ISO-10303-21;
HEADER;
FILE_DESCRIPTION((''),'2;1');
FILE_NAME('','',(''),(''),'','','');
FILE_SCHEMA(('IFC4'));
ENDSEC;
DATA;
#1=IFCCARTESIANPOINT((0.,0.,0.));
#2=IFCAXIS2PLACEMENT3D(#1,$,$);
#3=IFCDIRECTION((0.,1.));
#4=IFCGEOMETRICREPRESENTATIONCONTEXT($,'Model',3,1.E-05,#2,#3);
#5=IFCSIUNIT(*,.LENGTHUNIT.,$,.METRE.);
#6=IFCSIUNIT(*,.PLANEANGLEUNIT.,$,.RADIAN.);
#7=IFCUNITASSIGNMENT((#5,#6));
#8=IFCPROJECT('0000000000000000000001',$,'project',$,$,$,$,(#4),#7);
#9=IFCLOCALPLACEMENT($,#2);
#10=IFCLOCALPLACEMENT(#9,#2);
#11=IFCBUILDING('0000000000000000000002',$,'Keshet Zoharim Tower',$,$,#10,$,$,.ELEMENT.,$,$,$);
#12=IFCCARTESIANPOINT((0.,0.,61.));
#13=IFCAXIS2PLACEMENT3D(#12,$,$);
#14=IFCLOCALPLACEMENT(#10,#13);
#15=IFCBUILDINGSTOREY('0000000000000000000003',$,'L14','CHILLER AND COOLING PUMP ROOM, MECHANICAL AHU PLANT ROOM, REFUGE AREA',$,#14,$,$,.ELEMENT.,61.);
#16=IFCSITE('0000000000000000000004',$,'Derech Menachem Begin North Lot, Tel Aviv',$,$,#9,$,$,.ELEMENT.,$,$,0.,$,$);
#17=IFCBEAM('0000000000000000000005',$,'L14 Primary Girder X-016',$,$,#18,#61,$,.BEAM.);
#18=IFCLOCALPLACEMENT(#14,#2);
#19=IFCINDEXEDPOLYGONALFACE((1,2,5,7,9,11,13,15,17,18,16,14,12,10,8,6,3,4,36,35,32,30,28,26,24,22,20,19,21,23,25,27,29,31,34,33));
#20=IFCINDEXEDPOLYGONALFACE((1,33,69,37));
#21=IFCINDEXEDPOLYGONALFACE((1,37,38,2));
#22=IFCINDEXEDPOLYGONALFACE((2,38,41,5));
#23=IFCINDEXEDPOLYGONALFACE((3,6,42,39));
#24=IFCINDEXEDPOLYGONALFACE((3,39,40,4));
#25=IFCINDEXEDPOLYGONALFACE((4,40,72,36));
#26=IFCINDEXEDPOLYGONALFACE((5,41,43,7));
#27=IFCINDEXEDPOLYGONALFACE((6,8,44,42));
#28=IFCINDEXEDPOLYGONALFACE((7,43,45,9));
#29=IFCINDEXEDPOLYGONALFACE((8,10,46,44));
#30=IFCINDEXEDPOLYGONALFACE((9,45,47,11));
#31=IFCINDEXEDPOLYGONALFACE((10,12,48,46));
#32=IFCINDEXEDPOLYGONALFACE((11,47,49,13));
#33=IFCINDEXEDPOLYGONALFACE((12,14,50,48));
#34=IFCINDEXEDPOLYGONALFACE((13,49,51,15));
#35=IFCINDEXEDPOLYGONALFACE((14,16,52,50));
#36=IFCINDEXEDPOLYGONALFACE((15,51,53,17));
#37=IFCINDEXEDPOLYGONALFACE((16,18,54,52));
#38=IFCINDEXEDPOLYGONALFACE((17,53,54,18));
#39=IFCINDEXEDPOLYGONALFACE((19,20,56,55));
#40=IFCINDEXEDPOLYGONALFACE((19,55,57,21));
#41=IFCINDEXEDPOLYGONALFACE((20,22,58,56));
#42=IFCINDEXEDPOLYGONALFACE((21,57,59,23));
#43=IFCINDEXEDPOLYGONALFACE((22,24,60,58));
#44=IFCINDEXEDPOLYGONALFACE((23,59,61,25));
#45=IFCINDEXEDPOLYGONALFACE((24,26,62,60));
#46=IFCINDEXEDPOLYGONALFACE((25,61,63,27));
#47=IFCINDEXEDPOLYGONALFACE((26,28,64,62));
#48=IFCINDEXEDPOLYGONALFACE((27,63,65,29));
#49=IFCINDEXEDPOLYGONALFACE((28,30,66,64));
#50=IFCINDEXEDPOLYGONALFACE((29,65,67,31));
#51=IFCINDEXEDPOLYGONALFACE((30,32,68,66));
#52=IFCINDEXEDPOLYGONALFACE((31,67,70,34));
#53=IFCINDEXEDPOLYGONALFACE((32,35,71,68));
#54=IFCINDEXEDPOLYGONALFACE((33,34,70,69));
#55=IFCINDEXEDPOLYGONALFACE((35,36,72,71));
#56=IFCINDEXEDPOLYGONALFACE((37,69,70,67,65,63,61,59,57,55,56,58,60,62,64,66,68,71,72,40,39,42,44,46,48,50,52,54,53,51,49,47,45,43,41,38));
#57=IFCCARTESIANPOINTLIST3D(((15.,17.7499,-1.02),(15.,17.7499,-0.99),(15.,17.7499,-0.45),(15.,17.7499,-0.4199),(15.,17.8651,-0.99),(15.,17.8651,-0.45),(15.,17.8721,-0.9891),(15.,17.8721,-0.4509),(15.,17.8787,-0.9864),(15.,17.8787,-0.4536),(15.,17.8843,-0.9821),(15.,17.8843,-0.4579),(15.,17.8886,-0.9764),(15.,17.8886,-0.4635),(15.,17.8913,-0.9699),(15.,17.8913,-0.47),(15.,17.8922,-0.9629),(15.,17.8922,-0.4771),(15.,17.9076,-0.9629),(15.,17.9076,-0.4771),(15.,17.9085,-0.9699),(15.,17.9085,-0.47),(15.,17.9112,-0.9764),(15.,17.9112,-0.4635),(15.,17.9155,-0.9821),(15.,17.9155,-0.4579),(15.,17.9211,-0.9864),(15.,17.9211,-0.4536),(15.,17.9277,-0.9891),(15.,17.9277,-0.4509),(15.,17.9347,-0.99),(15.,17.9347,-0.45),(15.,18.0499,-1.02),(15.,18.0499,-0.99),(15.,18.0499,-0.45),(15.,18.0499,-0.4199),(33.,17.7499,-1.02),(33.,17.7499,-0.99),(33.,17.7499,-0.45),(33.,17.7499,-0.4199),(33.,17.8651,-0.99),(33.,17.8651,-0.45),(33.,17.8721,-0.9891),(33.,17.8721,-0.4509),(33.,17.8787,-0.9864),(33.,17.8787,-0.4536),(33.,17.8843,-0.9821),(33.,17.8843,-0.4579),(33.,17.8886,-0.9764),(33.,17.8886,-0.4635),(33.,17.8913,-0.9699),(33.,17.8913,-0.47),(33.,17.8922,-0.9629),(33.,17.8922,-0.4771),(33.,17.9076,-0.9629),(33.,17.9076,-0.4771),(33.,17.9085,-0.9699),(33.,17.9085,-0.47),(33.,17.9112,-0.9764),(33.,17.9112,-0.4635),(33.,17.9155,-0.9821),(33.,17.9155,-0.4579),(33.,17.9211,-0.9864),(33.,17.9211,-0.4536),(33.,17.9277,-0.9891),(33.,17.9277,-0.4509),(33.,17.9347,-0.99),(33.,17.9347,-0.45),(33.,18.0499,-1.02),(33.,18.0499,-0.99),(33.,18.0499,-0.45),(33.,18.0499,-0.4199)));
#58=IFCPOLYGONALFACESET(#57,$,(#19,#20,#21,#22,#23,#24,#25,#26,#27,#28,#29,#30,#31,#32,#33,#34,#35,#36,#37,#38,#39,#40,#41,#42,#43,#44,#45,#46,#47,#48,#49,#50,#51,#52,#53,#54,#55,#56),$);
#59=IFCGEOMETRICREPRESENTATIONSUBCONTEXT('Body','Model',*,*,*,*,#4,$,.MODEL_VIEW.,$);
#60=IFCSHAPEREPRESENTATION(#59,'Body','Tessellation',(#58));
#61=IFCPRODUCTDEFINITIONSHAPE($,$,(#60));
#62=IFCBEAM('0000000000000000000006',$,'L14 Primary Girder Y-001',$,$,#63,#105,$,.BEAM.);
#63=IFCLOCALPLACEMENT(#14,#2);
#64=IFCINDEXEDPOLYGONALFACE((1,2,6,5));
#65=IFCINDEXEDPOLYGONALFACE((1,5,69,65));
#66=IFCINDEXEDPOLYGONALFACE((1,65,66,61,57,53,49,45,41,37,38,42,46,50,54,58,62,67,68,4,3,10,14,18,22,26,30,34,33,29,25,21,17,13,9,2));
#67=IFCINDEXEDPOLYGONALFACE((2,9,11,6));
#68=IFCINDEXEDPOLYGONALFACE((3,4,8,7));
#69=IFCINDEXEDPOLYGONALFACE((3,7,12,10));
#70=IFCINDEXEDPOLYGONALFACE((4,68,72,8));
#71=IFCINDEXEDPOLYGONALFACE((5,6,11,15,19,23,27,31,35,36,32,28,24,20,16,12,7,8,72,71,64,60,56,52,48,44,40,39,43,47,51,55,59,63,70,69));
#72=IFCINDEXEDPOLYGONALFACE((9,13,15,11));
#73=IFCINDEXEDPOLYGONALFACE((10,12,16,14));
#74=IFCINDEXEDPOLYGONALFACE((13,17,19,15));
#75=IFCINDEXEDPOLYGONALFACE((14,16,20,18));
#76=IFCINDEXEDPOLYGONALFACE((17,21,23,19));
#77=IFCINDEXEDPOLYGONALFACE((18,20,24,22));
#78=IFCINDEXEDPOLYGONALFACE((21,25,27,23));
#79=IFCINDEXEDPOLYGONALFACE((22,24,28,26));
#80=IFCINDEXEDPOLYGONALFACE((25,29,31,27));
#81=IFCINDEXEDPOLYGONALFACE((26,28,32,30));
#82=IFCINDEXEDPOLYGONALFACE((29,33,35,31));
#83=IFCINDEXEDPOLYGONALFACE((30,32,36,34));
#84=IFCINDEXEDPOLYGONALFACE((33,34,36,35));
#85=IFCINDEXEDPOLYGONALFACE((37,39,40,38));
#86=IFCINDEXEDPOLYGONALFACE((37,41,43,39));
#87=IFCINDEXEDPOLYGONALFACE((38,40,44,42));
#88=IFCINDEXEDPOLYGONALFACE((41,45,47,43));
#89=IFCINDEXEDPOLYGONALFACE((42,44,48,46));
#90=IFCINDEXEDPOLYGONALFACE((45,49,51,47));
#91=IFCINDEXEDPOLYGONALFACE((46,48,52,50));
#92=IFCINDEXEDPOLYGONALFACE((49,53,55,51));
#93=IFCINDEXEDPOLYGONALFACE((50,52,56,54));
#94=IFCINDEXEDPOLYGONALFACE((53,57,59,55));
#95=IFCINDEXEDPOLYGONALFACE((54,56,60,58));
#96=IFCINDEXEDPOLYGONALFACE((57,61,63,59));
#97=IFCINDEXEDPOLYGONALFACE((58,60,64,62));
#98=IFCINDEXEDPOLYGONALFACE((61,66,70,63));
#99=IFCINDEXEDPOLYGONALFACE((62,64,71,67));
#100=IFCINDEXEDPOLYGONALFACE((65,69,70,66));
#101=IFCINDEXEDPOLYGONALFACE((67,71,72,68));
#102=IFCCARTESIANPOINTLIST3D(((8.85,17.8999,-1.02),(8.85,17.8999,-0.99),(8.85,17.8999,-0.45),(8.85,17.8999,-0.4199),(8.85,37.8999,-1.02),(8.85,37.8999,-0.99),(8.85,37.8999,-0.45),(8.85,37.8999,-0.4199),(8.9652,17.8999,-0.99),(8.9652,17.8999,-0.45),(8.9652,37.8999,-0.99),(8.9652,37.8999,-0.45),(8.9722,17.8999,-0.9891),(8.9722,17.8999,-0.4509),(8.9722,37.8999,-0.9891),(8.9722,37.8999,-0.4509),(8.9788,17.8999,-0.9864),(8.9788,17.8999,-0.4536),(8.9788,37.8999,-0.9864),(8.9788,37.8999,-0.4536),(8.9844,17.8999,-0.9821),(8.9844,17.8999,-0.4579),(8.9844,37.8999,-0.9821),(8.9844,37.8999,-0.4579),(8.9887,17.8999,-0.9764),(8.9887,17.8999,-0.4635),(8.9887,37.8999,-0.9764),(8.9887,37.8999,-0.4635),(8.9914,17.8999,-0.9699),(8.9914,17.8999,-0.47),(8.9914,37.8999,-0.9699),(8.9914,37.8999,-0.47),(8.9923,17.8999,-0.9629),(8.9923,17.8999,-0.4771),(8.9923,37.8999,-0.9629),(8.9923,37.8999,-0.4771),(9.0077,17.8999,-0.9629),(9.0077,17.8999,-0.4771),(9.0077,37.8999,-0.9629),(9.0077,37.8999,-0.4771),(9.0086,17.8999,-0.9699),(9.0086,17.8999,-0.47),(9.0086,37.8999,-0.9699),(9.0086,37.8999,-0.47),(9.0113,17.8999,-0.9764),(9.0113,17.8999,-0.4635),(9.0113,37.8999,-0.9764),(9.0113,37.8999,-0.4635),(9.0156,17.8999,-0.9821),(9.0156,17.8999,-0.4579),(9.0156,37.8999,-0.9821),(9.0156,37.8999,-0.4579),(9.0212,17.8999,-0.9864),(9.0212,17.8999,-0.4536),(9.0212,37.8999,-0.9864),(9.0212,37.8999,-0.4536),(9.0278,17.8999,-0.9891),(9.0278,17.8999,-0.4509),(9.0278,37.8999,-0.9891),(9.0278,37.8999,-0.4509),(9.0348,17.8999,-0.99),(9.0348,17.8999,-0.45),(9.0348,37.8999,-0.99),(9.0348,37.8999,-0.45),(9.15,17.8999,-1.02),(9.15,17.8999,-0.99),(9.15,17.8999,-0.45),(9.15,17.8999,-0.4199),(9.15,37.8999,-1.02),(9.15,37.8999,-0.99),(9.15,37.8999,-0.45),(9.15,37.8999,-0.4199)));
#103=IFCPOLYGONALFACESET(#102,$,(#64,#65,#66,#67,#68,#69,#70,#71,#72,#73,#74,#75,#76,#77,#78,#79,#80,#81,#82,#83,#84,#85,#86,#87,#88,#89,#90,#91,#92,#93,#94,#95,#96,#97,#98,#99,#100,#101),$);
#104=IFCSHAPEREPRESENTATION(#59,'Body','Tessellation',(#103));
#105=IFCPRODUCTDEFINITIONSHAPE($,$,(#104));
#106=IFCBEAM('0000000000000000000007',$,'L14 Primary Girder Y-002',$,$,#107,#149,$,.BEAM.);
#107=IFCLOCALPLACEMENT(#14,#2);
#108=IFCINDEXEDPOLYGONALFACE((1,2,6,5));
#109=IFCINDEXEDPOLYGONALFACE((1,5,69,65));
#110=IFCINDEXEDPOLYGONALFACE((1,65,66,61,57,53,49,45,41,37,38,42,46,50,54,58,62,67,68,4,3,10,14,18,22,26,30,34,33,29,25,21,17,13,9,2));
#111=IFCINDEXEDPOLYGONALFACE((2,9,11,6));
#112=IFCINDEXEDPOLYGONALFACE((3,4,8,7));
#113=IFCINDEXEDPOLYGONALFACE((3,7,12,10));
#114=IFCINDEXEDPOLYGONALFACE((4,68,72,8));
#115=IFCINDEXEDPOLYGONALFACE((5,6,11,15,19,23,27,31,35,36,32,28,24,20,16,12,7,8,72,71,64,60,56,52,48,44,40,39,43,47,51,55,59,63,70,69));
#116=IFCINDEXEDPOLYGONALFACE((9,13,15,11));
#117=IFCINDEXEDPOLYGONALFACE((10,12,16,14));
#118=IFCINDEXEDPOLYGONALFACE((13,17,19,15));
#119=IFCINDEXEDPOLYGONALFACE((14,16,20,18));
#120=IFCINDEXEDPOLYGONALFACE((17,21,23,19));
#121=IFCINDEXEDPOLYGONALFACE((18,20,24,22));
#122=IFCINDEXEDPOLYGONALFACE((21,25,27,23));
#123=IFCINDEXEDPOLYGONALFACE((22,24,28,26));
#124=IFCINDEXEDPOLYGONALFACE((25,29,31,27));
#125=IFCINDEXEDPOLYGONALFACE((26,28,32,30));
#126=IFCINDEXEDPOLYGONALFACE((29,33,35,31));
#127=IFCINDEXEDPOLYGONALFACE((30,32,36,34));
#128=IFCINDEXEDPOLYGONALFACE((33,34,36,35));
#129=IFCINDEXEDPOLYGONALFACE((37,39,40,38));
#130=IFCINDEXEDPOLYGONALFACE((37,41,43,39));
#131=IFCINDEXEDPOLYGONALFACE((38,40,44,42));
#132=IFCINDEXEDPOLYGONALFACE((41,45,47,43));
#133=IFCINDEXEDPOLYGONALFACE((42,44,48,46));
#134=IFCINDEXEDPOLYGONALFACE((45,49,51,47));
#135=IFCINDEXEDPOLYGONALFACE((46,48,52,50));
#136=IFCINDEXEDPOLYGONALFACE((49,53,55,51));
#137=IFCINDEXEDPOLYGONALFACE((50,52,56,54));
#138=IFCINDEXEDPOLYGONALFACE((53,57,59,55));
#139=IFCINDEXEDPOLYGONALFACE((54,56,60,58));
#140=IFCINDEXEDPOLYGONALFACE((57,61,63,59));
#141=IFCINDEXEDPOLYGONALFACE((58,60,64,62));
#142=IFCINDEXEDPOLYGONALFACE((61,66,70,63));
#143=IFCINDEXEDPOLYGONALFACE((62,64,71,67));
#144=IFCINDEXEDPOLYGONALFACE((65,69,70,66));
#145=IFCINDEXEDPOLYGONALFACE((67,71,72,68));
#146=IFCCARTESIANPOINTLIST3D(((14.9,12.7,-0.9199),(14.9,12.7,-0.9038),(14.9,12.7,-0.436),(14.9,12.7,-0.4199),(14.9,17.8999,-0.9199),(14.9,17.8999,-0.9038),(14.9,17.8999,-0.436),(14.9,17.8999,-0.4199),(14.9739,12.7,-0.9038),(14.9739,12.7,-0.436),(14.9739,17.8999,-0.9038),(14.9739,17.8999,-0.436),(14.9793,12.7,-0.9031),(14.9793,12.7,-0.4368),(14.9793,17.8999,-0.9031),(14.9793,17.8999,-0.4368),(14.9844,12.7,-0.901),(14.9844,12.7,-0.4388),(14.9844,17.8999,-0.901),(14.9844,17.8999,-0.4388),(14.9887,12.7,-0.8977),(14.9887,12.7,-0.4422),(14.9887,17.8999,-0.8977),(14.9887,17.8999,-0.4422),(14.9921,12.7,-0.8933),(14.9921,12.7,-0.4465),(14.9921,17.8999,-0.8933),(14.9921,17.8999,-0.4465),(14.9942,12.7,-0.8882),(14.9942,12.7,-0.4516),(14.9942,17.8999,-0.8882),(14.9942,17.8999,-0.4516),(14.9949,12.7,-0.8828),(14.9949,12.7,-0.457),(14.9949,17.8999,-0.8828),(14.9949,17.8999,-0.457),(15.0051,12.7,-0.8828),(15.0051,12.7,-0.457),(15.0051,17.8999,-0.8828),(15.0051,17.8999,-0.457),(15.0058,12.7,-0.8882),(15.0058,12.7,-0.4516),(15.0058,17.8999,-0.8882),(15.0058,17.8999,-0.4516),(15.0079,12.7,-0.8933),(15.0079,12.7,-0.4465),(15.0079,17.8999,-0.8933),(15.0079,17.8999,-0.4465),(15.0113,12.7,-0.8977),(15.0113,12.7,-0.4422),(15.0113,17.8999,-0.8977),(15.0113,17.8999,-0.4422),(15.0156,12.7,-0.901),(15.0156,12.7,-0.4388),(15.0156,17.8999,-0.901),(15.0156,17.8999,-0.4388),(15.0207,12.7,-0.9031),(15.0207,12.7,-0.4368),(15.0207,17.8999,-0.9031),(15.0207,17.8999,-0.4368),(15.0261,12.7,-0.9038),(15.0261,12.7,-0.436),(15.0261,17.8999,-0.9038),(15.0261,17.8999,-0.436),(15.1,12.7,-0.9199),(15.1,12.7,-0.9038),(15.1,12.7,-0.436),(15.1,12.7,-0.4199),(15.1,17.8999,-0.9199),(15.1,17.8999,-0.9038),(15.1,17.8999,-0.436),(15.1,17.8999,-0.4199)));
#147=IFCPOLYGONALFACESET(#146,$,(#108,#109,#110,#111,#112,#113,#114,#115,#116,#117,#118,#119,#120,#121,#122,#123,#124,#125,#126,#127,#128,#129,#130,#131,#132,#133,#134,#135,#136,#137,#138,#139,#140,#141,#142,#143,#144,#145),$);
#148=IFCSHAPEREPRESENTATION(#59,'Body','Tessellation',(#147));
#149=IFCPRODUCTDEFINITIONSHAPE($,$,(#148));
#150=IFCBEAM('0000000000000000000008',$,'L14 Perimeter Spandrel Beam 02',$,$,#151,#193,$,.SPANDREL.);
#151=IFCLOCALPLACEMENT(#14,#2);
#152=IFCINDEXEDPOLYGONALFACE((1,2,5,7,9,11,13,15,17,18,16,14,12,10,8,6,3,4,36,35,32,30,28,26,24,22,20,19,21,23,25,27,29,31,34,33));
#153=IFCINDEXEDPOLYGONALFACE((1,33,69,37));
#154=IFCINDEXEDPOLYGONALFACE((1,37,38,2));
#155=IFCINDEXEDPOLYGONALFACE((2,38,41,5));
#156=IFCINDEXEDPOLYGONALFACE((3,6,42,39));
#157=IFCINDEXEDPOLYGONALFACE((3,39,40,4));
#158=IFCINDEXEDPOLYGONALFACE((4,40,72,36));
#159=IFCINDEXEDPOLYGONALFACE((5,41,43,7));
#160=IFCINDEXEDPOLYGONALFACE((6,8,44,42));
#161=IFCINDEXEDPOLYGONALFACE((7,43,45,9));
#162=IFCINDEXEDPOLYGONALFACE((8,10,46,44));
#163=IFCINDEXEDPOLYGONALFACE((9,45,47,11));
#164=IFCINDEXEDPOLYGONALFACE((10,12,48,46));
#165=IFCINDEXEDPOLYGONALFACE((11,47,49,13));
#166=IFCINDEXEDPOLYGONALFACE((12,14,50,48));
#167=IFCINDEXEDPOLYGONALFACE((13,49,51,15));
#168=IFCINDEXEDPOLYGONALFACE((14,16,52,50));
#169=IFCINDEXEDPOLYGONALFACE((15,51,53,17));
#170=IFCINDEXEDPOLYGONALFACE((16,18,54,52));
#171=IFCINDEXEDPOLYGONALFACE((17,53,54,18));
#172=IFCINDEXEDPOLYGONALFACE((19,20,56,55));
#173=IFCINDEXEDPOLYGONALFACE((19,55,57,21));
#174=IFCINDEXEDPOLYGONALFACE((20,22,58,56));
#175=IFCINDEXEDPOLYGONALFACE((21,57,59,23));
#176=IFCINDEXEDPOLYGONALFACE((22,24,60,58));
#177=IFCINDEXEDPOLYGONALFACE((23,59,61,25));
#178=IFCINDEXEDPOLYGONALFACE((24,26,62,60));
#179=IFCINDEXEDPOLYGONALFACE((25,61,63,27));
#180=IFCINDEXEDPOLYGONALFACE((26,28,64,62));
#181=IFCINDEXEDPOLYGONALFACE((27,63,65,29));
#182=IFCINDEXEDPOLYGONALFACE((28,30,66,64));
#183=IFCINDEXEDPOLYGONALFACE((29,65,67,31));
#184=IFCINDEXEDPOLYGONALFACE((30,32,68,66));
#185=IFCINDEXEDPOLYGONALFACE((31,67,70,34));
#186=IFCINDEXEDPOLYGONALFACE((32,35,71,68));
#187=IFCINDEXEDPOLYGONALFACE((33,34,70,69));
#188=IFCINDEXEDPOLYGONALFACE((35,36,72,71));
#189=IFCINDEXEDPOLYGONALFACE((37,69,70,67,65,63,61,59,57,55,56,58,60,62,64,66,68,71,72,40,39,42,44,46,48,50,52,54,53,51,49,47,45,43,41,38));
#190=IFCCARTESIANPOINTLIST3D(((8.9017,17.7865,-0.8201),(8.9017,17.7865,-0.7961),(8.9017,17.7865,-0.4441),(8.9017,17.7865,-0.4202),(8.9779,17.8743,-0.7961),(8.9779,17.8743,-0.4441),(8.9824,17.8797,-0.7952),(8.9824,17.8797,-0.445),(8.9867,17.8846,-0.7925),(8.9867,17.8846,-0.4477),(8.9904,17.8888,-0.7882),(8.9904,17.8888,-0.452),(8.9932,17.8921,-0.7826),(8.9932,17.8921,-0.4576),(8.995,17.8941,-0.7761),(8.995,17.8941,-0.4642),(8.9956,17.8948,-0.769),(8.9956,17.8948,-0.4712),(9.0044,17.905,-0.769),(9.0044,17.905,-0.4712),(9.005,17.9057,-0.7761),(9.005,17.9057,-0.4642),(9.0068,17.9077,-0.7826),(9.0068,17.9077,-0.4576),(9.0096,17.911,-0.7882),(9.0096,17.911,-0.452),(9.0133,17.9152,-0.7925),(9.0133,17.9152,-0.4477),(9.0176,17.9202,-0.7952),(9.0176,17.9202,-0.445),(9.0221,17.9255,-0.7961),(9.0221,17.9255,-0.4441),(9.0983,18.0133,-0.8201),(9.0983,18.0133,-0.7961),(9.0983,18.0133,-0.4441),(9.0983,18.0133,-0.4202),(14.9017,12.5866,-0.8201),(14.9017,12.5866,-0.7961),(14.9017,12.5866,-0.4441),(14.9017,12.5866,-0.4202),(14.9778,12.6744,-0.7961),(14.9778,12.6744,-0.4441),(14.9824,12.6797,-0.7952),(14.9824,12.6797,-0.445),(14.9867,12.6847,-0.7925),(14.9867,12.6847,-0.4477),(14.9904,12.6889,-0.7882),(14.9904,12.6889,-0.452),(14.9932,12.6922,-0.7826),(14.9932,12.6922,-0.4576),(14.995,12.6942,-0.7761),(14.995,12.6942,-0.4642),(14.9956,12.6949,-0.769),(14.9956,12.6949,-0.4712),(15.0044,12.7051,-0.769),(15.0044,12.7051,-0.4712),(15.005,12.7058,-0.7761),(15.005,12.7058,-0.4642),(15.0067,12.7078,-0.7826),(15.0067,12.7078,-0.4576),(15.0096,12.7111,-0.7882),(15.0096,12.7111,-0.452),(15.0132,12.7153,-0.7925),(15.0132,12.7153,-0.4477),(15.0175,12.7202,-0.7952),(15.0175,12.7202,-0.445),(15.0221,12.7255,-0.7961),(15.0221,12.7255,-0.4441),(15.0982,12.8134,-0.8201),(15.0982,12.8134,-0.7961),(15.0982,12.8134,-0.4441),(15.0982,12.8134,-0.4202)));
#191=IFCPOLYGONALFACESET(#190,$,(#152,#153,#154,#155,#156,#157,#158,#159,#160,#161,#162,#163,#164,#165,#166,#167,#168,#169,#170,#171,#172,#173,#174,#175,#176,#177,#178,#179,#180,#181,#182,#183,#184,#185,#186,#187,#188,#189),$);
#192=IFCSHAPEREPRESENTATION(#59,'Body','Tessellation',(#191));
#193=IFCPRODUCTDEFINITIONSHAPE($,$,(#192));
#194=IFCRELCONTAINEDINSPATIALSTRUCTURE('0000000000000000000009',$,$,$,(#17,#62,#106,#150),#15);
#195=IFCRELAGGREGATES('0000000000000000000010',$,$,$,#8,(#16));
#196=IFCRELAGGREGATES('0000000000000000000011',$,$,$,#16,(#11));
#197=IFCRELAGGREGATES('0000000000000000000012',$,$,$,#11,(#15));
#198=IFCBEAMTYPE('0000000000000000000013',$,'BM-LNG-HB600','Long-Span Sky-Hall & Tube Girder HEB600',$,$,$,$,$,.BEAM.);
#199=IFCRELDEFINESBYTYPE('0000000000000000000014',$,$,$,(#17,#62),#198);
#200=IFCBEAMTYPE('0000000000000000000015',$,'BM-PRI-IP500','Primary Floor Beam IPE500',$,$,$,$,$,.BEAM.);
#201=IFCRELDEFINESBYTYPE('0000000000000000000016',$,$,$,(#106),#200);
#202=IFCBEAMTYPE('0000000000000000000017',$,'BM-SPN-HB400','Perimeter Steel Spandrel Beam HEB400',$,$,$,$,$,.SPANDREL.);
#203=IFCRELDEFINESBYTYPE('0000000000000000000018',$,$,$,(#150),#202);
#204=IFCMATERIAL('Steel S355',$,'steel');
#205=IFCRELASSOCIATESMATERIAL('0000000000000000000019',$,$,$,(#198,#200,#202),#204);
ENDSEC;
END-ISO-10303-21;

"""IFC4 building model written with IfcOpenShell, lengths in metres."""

from ifc_helpers import new_model, si_unit, direction, frame, origin, origin_2d, place, context, subcontext, project, spatial, i_section, extrude, material, material_profile, profile_set, type_object, element, save


model = new_model("IFC4")

# Units and contexts
model_context = context("Model", 3, precision=1e-05, world=origin(), true_north=direction((0.0, 1.0)))
body_context = subcontext(model_context, "Body", "Model", "MODEL_VIEW")
ifc_project = project(units=[si_unit("LENGTHUNIT", "METRE"), si_unit("PLANEANGLEUNIT", "RADIAN")], contexts=[model_context])

# Site, building, storey
site_placement = place(None, origin())
site = spatial("IfcSite", under=ifc_project, at=site_placement, Name="Derech Menachem Begin North Lot, Tel Aviv", CompositionType="ELEMENT", RefElevation=0.0)
building_placement = place(site_placement, origin())
building = spatial("IfcBuilding", under=site, at=building_placement, Name="Keshet Zoharim Tower", CompositionType="ELEMENT")
storey_placement = place(building_placement, frame((0.0, 0.0, 61.0)))
storey = spatial("IfcBuildingStorey", under=building, at=storey_placement, Name="L14", Description="CHILLER AND COOLING PUMP ROOM, MECHANICAL AHU PLANT ROOM, REFUGE AREA", CompositionType="ELEMENT", Elevation=61.0)

# Shared definitions
ifc_material_1 = material(Name="Steel S355", Category="steel")

# Beams
ifc_material_profile_1 = material_profile(ifc_material_1, i_section(OverallWidth=0.3, OverallDepth=0.6001, WebThickness=0.0154, FlangeThickness=0.03, FilletRadius=0.0271, at=origin_2d()), Name="HEB600")
ifc_profile_set_1 = profile_set([ifc_material_profile_1], Name="Steel S355")
beam_type_1 = type_object("IfcBeamType", Name="BM-LNG-HB600", Description="Long-Span Sky-Hall & Tube Girder HEB600", PredefinedType="BEAM", material=ifc_profile_set_1)
for number, where, z_axis, x_axis, name in (
    (1, (15.0, 17.8999, -0.72), (1.0, 0.0, 0.0), (0.0, 1.0, 0.0), "L14 Primary Girder X-016"),
):
    element("IfcBeam", number, at=place(storey_placement, frame(where, z_axis=z_axis, x_axis=x_axis)), inside=storey, type_object=beam_type_1, Name=name, PredefinedType="BEAM", context=body_context, shape_type="SweptSolid", body=[
        extrude(i_section(OverallWidth=0.3, OverallDepth=0.6001, WebThickness=0.0154, FlangeThickness=0.03, FilletRadius=0.0271, at=origin_2d()), origin(), (0.0, 0.0, 1.0), 18.0),
    ])
beam_1_placement = place(storey_placement, frame((9.0, 17.8999, -0.72), z_axis=(0.0, 1.0, 0.0), x_axis=(-1.0, 0.0, 0.0)))
element("IfcBeam", 2, at=beam_1_placement, inside=storey, type_object=beam_type_1, Name="L14 Primary Girder Y-001", PredefinedType="BEAM", context=body_context, shape_type="SweptSolid", body=[
    extrude(i_section(OverallWidth=0.3, OverallDepth=0.6001, WebThickness=0.0154, FlangeThickness=0.03, FilletRadius=0.0271, at=origin_2d()), origin(), (0.0, 0.0, 1.0), 20.0),
])
ifc_material_profile_2 = material_profile(ifc_material_1, i_section(OverallWidth=0.2, OverallDepth=0.5, WebThickness=0.0103, FlangeThickness=0.0161, FilletRadius=0.021, at=origin_2d()), Name="IPE500")
ifc_profile_set_2 = profile_set([ifc_material_profile_2], Name="Steel S355")
beam_type_2 = type_object("IfcBeamType", Name="BM-PRI-IP500", Description="Primary Floor Beam IPE500", PredefinedType="BEAM", material=ifc_profile_set_2)
beam_2_placement = place(storey_placement, frame((15.0, 12.7, -0.6699), z_axis=(0.0, 1.0, 0.0), x_axis=(-1.0, 0.0, 0.0)))
element("IfcBeam", 3, at=beam_2_placement, inside=storey, type_object=beam_type_2, Name="L14 Primary Girder Y-002", PredefinedType="BEAM", context=body_context, shape_type="SweptSolid", body=[
    extrude(i_section(OverallWidth=0.2, OverallDepth=0.5, WebThickness=0.0103, FlangeThickness=0.0161, FilletRadius=0.021, at=origin_2d()), origin(), (0.0, 0.0, 1.0), 5.2),
])
ifc_material_profile_3 = material_profile(ifc_material_1, i_section(OverallWidth=0.3, OverallDepth=0.3999, WebThickness=0.0134, FlangeThickness=0.0239, FilletRadius=0.0271, at=origin_2d()), Name="HEB400")
ifc_profile_set_3 = profile_set([ifc_material_profile_3], Name="Steel S355")
beam_type_3 = type_object("IfcBeamType", Name="BM-SPN-HB400", Description="Perimeter Steel Spandrel Beam HEB400", PredefinedType="SPANDREL", material=ifc_profile_set_3)
beam_3_placement = place(storey_placement, frame((9.0, 17.8999, -0.6201), z_axis=(0.755692, -0.654927, 0.0), x_axis=(0.654927, 0.755692, 0.0)))
element("IfcBeam", 4, at=beam_3_placement, inside=storey, type_object=beam_type_3, Name="L14 Perimeter Spandrel Beam 02", PredefinedType="SPANDREL", context=body_context, shape_type="SweptSolid", body=[
    extrude(i_section(OverallWidth=0.3, OverallDepth=0.3999, WebThickness=0.0134, FlangeThickness=0.0239, FilletRadius=0.0271, at=origin_2d()), origin(), (0.0, 0.0, 1.0), 7.9397),
])

save(model, "model.ifc")
